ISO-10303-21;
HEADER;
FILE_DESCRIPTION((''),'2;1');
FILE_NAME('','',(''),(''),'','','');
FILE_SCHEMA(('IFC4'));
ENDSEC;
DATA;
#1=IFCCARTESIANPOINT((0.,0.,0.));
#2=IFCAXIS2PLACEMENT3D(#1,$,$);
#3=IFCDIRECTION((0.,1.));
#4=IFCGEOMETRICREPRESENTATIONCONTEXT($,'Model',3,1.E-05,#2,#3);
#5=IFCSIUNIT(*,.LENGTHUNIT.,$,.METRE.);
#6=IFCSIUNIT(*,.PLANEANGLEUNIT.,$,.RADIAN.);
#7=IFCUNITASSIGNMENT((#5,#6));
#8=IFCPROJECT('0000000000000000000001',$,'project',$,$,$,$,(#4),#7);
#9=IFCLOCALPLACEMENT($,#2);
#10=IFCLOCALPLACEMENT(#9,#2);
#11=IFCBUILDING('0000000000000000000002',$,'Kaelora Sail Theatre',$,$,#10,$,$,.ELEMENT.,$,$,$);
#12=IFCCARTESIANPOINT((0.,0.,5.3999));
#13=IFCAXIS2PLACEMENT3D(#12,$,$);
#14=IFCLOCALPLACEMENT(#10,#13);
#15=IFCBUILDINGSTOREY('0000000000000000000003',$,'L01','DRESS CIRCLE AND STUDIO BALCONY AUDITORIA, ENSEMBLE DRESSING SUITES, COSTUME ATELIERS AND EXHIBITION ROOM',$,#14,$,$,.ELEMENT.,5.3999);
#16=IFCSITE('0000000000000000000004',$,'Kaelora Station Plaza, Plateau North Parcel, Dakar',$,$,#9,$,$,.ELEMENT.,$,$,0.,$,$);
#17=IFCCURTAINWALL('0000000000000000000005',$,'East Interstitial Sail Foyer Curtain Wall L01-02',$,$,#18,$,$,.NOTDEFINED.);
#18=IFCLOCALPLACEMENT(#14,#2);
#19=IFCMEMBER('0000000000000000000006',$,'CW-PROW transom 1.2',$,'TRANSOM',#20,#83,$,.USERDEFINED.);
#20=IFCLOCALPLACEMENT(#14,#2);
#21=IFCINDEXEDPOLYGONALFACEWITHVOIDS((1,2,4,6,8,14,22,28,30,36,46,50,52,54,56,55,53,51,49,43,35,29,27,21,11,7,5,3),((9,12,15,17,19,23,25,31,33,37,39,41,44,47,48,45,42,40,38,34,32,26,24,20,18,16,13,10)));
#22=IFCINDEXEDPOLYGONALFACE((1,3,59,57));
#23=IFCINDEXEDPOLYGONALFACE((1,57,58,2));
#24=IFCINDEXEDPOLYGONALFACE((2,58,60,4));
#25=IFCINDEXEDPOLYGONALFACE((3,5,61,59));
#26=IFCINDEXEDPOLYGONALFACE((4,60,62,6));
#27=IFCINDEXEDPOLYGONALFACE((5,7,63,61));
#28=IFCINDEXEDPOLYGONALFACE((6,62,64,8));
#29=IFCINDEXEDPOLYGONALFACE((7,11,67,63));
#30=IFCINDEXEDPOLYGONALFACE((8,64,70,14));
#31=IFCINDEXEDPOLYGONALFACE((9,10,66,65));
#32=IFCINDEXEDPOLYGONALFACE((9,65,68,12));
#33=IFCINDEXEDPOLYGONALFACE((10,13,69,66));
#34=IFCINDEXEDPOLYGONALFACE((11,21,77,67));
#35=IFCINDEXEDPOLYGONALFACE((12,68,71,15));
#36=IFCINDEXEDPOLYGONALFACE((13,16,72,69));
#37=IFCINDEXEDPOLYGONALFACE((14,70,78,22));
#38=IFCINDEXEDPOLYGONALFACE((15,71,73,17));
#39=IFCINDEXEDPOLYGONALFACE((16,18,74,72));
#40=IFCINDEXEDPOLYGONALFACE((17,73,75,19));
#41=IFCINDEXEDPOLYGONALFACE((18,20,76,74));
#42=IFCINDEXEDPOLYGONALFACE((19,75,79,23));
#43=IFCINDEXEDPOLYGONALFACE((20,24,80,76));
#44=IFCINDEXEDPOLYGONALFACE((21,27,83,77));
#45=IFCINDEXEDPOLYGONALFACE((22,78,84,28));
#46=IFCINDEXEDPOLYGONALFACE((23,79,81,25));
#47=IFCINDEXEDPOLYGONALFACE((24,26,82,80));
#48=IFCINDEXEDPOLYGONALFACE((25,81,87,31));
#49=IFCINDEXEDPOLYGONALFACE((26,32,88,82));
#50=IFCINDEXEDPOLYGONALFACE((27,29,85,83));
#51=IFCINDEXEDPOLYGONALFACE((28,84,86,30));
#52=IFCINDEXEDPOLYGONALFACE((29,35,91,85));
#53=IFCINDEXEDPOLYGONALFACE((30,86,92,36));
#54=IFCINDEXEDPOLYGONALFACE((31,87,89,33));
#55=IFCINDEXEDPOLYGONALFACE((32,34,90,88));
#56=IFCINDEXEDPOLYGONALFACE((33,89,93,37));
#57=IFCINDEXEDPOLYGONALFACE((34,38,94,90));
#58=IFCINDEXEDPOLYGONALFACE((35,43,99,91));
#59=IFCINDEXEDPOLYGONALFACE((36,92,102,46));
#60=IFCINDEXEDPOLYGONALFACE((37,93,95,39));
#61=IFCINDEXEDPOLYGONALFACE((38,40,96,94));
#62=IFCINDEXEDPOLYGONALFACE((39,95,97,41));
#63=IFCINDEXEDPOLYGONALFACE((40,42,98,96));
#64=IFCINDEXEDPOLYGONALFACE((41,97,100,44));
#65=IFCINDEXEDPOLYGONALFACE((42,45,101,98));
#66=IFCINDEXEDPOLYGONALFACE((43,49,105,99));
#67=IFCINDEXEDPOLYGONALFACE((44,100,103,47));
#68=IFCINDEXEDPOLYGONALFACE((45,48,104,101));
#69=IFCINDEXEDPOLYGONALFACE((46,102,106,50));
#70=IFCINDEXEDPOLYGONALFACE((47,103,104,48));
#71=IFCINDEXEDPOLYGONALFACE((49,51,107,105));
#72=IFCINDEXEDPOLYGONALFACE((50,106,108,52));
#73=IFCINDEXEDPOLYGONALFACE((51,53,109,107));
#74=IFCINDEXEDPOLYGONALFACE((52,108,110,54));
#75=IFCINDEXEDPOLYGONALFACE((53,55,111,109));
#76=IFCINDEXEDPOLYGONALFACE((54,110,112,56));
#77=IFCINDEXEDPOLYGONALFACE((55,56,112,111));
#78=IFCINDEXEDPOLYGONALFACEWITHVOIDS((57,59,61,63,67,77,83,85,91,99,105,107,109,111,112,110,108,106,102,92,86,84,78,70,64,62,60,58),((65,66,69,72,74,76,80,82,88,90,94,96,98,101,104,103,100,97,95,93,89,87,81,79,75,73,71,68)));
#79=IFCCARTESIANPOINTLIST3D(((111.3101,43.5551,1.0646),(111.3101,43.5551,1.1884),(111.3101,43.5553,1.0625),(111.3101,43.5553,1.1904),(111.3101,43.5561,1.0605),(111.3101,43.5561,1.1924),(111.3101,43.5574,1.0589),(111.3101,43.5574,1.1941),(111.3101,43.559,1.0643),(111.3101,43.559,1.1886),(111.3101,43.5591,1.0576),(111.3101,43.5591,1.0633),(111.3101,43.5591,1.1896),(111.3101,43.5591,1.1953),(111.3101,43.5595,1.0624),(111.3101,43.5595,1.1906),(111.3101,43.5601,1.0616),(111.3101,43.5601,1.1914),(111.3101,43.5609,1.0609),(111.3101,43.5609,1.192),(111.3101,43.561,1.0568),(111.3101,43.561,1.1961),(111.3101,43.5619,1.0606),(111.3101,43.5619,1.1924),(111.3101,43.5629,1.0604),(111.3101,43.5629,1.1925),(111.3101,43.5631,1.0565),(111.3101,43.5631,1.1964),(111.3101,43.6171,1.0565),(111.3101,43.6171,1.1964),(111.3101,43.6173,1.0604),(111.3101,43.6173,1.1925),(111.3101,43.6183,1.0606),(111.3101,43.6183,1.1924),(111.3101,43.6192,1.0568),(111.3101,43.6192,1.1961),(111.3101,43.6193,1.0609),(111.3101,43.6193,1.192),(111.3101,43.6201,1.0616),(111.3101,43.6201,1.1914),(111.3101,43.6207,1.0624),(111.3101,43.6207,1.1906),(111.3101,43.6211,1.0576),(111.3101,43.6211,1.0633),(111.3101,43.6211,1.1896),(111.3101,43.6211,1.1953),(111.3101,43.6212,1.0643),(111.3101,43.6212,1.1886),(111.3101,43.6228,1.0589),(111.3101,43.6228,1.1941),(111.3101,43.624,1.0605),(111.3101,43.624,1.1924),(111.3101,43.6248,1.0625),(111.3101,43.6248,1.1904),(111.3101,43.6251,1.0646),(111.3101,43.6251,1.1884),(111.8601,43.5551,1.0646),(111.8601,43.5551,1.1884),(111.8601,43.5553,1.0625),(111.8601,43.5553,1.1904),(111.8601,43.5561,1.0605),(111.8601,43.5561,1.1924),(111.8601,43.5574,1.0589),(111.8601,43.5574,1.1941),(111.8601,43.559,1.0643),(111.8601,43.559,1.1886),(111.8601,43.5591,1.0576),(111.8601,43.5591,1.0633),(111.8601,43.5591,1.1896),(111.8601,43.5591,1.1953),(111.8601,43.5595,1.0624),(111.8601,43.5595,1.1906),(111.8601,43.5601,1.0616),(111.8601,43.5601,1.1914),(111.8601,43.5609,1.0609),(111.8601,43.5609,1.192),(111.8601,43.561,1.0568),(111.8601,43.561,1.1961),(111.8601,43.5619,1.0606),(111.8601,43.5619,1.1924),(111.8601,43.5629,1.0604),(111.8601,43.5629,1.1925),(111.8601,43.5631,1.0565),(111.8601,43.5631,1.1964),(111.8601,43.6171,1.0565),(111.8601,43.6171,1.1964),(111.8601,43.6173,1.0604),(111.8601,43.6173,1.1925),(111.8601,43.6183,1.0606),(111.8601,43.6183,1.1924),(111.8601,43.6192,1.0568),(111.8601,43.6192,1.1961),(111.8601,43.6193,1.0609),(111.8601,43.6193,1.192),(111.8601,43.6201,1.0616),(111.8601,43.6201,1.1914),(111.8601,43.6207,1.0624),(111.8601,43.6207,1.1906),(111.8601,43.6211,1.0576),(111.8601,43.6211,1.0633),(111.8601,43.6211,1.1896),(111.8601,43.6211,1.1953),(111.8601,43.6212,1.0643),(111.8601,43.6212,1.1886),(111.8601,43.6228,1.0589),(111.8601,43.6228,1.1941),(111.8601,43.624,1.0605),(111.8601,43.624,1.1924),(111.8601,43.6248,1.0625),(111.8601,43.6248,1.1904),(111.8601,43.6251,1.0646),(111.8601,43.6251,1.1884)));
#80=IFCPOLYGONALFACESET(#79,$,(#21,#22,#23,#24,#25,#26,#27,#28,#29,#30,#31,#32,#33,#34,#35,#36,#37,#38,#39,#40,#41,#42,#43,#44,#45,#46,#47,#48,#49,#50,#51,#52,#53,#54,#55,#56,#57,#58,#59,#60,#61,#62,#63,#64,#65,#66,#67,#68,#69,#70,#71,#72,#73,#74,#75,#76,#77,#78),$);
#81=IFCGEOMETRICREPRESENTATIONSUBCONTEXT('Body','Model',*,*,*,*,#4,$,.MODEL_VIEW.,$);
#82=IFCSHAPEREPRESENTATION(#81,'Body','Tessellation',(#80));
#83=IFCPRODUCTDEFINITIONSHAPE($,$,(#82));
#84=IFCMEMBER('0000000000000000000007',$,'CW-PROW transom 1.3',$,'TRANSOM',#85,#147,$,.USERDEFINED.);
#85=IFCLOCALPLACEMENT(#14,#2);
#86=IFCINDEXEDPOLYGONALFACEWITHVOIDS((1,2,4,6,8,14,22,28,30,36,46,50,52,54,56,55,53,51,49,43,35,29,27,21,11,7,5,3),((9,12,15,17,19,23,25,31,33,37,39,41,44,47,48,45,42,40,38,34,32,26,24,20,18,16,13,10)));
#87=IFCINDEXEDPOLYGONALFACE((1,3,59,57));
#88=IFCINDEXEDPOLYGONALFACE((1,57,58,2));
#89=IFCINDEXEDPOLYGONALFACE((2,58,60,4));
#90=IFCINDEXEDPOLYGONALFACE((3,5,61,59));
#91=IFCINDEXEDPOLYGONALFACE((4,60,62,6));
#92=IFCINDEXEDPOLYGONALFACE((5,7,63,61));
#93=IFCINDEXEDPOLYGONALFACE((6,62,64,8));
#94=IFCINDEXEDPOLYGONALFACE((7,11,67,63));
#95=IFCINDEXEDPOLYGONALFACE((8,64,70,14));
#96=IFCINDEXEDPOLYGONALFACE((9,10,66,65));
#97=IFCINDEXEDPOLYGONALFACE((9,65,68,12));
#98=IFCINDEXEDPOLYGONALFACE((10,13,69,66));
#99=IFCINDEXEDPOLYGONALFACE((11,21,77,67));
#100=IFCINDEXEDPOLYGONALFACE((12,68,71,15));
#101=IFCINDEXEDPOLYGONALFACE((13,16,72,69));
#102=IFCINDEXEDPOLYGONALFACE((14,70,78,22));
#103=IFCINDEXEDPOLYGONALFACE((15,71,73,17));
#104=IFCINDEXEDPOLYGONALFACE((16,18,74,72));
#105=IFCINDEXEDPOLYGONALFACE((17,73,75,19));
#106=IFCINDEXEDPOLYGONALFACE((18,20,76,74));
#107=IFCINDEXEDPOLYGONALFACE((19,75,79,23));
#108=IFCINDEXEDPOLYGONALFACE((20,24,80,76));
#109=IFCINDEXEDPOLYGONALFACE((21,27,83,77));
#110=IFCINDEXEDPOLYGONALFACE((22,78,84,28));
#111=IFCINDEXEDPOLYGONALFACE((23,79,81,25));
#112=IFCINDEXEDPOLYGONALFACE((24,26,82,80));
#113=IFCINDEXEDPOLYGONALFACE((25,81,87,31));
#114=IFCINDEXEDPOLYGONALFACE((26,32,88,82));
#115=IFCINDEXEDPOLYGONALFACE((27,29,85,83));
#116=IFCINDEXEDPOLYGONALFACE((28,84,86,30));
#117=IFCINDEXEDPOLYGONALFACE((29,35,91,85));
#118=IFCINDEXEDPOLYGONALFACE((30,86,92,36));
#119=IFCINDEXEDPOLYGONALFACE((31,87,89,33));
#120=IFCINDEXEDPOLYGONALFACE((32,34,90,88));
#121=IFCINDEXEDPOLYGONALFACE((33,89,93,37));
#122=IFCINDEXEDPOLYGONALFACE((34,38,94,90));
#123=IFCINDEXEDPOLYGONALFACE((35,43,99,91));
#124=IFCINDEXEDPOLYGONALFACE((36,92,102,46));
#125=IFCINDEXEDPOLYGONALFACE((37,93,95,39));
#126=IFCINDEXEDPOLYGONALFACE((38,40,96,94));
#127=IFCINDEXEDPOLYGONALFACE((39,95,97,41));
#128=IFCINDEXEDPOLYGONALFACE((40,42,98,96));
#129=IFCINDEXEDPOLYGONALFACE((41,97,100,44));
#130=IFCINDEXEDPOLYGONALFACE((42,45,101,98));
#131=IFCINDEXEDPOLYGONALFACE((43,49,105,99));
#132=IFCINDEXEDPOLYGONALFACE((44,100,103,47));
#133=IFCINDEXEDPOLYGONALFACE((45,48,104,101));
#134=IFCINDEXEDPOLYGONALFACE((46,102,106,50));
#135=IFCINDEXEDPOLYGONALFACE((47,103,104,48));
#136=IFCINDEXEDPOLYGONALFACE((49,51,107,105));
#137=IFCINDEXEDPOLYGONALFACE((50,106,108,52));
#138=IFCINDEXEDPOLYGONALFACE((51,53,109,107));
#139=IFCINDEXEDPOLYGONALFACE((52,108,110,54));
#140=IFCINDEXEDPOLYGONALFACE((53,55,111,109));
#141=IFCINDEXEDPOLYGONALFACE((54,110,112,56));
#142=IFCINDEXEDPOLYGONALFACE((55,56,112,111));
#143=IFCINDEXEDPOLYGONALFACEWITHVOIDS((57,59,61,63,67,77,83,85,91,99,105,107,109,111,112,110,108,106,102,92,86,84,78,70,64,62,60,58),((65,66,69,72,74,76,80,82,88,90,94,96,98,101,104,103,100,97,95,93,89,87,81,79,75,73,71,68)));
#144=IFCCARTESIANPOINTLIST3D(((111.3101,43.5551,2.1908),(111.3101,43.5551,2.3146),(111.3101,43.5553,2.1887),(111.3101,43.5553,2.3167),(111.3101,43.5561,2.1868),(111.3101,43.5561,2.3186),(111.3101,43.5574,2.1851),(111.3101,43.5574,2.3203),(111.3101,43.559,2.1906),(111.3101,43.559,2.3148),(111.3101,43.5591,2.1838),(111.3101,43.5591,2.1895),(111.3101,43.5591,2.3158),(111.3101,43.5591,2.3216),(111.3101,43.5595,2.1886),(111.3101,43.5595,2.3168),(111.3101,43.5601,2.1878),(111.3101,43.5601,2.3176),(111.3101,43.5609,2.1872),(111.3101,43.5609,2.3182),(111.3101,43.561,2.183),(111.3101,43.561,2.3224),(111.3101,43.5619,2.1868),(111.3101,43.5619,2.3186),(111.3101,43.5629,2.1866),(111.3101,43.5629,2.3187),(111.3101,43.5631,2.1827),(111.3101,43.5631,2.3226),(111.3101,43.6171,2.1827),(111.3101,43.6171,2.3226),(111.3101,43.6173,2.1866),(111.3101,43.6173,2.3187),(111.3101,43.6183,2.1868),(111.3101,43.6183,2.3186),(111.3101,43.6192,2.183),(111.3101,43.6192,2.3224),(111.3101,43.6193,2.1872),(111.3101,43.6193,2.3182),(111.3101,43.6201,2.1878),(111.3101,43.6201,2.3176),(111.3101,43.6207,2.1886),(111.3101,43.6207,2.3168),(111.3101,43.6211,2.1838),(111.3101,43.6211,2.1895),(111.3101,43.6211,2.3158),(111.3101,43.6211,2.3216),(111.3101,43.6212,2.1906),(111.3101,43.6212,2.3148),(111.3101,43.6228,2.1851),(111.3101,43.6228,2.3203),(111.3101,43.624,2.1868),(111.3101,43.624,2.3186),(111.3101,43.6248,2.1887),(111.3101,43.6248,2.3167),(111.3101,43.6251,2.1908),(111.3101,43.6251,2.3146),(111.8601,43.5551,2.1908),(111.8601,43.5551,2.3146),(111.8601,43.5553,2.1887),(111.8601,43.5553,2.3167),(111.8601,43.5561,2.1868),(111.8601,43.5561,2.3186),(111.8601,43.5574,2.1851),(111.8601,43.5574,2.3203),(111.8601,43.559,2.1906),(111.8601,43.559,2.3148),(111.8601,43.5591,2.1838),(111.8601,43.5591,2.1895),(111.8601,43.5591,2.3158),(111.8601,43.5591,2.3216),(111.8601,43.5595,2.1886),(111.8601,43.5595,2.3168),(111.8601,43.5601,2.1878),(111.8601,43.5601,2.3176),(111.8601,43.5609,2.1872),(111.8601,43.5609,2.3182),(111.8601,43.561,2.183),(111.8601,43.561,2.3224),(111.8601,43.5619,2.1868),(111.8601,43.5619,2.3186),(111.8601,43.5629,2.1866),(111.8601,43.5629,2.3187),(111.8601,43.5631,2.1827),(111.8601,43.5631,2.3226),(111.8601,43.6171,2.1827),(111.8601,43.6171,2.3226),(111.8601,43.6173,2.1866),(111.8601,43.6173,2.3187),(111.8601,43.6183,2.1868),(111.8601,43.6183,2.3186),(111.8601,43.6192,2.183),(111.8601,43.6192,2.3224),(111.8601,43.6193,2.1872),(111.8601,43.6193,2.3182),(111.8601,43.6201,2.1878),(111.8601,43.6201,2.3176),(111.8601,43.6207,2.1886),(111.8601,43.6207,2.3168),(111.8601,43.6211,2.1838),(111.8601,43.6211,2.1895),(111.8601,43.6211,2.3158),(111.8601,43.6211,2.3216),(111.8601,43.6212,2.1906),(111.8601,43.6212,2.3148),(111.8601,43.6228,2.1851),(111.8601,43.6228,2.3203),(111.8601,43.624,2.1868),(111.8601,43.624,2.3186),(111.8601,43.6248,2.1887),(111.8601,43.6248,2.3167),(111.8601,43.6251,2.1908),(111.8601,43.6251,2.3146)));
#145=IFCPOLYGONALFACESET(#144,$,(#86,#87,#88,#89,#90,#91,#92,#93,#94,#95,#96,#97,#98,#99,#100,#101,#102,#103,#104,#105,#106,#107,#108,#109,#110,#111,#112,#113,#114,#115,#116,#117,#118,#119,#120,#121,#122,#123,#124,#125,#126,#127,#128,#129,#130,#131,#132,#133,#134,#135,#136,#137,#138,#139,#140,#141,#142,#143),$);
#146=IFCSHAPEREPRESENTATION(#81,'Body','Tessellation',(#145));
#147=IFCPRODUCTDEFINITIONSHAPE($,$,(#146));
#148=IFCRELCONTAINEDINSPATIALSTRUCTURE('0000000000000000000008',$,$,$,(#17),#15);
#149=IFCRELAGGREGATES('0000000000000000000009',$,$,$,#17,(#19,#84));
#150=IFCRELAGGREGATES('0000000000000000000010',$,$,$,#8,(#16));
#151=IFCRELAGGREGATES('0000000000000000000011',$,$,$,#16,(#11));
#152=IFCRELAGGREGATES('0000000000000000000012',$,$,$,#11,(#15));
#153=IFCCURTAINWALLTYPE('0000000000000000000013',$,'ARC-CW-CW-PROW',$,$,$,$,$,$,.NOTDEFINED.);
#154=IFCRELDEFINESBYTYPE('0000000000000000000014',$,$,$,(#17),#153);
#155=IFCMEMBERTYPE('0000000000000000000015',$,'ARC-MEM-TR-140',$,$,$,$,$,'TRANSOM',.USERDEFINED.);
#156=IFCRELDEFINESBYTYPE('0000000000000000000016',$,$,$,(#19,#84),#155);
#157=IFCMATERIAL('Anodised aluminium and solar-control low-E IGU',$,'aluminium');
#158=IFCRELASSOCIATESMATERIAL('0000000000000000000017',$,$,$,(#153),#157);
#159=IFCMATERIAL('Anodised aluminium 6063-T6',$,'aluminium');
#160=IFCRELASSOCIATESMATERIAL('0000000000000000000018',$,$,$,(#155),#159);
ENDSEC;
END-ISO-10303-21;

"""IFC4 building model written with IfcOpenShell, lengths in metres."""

from ifc_helpers import new_model, si_unit, direction, frame, origin, origin_2d, place, context, subcontext, project, spatial, hollow_rectangle, extrude, material, material_profile, profile_set, type_object, element, aggregate, save


model = new_model("IFC4")

# Units and contexts
model_context = context("Model", 3, precision=1e-05, world=origin(), true_north=direction((0.0, 1.0)))
body_context = subcontext(model_context, "Body", "Model", "MODEL_VIEW")
ifc_project = project(units=[si_unit("LENGTHUNIT", "METRE"), si_unit("PLANEANGLEUNIT", "RADIAN")], contexts=[model_context])

# Site, building, storey
site_placement = place(None, origin())
site = spatial("IfcSite", under=ifc_project, at=site_placement, Name="Kaelora Station Plaza, Plateau North Parcel, Dakar", CompositionType="ELEMENT", RefElevation=0.0)
building_placement = place(site_placement, origin())
building = spatial("IfcBuilding", under=site, at=building_placement, Name="Kaelora Sail Theatre", CompositionType="ELEMENT")
storey_placement = place(building_placement, frame((0.0, 0.0, 5.3999)))
storey = spatial("IfcBuildingStorey", under=building, at=storey_placement, Name="L01", Description="DRESS CIRCLE AND STUDIO BALCONY AUDITORIA, ENSEMBLE DRESSING SUITES, COSTUME ATELIERS AND EXHIBITION ROOM", CompositionType="ELEMENT", Elevation=5.3999)

# Shared definitions
ifc_material_1 = material(Name="Anodised aluminium and solar-control low-E IGU", Category="aluminium")
curtain_wall_type = type_object("IfcCurtainWallType", Name="ARC-CW-CW-PROW", PredefinedType="NOTDEFINED", material=ifc_material_1)

# Curtain wall, members
curtain_wall_1_placement = place(storey_placement, origin())
curtain_wall_1 = element("IfcCurtainWall", 1, at=curtain_wall_1_placement, inside=storey, type_object=curtain_wall_type, Name="East Interstitial Sail Foyer Curtain Wall L01-02", PredefinedType="NOTDEFINED")
ifc_material_2 = material(Name="Anodised aluminium 6063-T6", Category="aluminium")
ifc_material_profile_1 = material_profile(ifc_material_2, hollow_rectangle(XDim=0.0701, YDim=0.1399, WallThickness=0.0039, InnerFilletRadius=0.0039, OuterFilletRadius=0.0081, at=origin_2d()), Name="ALU-TRAN 70x140x4")
ifc_profile_set_1 = profile_set([ifc_material_profile_1], Name="Anodised aluminium 6063-T6")
member_type_1 = type_object("IfcMemberType", Name="ARC-MEM-TR-140", ElementType="TRANSOM", PredefinedType="USERDEFINED", material=ifc_profile_set_1)
member_1_placement = place(storey_placement, frame((111.3101, 43.5901, 1.1265), z_axis=(1.0, 0.0, 0.0), x_axis=(0.0, 1.0, 0.0)))
member_1 = element("IfcMember", 2, at=member_1_placement, type_object=member_type_1, Name="CW-PROW transom 1.2", ObjectType="TRANSOM", PredefinedType="USERDEFINED", context=body_context, shape_type="SweptSolid", body=[
    extrude(hollow_rectangle(XDim=0.0701, YDim=0.1399, WallThickness=0.0039, InnerFilletRadius=0.0039, OuterFilletRadius=0.0081, at=origin_2d()), origin(), (0.0, 0.0, 1.0), 0.55),
])
member_2_placement = place(storey_placement, frame((111.3101, 43.5901, 2.2527), z_axis=(1.0, 0.0, 0.0), x_axis=(0.0, 1.0, 0.0)))
member_2 = element("IfcMember", 3, at=member_2_placement, type_object=member_type_1, Name="CW-PROW transom 1.3", ObjectType="TRANSOM", PredefinedType="USERDEFINED", context=body_context, shape_type="SweptSolid", body=[
    extrude(hollow_rectangle(XDim=0.0701, YDim=0.1399, WallThickness=0.0039, InnerFilletRadius=0.0039, OuterFilletRadius=0.0081, at=origin_2d()), origin(), (0.0, 0.0, 1.0), 0.55),
])

aggregate(curtain_wall_1, [member_1, member_2])

save(model, "model.ifc")
